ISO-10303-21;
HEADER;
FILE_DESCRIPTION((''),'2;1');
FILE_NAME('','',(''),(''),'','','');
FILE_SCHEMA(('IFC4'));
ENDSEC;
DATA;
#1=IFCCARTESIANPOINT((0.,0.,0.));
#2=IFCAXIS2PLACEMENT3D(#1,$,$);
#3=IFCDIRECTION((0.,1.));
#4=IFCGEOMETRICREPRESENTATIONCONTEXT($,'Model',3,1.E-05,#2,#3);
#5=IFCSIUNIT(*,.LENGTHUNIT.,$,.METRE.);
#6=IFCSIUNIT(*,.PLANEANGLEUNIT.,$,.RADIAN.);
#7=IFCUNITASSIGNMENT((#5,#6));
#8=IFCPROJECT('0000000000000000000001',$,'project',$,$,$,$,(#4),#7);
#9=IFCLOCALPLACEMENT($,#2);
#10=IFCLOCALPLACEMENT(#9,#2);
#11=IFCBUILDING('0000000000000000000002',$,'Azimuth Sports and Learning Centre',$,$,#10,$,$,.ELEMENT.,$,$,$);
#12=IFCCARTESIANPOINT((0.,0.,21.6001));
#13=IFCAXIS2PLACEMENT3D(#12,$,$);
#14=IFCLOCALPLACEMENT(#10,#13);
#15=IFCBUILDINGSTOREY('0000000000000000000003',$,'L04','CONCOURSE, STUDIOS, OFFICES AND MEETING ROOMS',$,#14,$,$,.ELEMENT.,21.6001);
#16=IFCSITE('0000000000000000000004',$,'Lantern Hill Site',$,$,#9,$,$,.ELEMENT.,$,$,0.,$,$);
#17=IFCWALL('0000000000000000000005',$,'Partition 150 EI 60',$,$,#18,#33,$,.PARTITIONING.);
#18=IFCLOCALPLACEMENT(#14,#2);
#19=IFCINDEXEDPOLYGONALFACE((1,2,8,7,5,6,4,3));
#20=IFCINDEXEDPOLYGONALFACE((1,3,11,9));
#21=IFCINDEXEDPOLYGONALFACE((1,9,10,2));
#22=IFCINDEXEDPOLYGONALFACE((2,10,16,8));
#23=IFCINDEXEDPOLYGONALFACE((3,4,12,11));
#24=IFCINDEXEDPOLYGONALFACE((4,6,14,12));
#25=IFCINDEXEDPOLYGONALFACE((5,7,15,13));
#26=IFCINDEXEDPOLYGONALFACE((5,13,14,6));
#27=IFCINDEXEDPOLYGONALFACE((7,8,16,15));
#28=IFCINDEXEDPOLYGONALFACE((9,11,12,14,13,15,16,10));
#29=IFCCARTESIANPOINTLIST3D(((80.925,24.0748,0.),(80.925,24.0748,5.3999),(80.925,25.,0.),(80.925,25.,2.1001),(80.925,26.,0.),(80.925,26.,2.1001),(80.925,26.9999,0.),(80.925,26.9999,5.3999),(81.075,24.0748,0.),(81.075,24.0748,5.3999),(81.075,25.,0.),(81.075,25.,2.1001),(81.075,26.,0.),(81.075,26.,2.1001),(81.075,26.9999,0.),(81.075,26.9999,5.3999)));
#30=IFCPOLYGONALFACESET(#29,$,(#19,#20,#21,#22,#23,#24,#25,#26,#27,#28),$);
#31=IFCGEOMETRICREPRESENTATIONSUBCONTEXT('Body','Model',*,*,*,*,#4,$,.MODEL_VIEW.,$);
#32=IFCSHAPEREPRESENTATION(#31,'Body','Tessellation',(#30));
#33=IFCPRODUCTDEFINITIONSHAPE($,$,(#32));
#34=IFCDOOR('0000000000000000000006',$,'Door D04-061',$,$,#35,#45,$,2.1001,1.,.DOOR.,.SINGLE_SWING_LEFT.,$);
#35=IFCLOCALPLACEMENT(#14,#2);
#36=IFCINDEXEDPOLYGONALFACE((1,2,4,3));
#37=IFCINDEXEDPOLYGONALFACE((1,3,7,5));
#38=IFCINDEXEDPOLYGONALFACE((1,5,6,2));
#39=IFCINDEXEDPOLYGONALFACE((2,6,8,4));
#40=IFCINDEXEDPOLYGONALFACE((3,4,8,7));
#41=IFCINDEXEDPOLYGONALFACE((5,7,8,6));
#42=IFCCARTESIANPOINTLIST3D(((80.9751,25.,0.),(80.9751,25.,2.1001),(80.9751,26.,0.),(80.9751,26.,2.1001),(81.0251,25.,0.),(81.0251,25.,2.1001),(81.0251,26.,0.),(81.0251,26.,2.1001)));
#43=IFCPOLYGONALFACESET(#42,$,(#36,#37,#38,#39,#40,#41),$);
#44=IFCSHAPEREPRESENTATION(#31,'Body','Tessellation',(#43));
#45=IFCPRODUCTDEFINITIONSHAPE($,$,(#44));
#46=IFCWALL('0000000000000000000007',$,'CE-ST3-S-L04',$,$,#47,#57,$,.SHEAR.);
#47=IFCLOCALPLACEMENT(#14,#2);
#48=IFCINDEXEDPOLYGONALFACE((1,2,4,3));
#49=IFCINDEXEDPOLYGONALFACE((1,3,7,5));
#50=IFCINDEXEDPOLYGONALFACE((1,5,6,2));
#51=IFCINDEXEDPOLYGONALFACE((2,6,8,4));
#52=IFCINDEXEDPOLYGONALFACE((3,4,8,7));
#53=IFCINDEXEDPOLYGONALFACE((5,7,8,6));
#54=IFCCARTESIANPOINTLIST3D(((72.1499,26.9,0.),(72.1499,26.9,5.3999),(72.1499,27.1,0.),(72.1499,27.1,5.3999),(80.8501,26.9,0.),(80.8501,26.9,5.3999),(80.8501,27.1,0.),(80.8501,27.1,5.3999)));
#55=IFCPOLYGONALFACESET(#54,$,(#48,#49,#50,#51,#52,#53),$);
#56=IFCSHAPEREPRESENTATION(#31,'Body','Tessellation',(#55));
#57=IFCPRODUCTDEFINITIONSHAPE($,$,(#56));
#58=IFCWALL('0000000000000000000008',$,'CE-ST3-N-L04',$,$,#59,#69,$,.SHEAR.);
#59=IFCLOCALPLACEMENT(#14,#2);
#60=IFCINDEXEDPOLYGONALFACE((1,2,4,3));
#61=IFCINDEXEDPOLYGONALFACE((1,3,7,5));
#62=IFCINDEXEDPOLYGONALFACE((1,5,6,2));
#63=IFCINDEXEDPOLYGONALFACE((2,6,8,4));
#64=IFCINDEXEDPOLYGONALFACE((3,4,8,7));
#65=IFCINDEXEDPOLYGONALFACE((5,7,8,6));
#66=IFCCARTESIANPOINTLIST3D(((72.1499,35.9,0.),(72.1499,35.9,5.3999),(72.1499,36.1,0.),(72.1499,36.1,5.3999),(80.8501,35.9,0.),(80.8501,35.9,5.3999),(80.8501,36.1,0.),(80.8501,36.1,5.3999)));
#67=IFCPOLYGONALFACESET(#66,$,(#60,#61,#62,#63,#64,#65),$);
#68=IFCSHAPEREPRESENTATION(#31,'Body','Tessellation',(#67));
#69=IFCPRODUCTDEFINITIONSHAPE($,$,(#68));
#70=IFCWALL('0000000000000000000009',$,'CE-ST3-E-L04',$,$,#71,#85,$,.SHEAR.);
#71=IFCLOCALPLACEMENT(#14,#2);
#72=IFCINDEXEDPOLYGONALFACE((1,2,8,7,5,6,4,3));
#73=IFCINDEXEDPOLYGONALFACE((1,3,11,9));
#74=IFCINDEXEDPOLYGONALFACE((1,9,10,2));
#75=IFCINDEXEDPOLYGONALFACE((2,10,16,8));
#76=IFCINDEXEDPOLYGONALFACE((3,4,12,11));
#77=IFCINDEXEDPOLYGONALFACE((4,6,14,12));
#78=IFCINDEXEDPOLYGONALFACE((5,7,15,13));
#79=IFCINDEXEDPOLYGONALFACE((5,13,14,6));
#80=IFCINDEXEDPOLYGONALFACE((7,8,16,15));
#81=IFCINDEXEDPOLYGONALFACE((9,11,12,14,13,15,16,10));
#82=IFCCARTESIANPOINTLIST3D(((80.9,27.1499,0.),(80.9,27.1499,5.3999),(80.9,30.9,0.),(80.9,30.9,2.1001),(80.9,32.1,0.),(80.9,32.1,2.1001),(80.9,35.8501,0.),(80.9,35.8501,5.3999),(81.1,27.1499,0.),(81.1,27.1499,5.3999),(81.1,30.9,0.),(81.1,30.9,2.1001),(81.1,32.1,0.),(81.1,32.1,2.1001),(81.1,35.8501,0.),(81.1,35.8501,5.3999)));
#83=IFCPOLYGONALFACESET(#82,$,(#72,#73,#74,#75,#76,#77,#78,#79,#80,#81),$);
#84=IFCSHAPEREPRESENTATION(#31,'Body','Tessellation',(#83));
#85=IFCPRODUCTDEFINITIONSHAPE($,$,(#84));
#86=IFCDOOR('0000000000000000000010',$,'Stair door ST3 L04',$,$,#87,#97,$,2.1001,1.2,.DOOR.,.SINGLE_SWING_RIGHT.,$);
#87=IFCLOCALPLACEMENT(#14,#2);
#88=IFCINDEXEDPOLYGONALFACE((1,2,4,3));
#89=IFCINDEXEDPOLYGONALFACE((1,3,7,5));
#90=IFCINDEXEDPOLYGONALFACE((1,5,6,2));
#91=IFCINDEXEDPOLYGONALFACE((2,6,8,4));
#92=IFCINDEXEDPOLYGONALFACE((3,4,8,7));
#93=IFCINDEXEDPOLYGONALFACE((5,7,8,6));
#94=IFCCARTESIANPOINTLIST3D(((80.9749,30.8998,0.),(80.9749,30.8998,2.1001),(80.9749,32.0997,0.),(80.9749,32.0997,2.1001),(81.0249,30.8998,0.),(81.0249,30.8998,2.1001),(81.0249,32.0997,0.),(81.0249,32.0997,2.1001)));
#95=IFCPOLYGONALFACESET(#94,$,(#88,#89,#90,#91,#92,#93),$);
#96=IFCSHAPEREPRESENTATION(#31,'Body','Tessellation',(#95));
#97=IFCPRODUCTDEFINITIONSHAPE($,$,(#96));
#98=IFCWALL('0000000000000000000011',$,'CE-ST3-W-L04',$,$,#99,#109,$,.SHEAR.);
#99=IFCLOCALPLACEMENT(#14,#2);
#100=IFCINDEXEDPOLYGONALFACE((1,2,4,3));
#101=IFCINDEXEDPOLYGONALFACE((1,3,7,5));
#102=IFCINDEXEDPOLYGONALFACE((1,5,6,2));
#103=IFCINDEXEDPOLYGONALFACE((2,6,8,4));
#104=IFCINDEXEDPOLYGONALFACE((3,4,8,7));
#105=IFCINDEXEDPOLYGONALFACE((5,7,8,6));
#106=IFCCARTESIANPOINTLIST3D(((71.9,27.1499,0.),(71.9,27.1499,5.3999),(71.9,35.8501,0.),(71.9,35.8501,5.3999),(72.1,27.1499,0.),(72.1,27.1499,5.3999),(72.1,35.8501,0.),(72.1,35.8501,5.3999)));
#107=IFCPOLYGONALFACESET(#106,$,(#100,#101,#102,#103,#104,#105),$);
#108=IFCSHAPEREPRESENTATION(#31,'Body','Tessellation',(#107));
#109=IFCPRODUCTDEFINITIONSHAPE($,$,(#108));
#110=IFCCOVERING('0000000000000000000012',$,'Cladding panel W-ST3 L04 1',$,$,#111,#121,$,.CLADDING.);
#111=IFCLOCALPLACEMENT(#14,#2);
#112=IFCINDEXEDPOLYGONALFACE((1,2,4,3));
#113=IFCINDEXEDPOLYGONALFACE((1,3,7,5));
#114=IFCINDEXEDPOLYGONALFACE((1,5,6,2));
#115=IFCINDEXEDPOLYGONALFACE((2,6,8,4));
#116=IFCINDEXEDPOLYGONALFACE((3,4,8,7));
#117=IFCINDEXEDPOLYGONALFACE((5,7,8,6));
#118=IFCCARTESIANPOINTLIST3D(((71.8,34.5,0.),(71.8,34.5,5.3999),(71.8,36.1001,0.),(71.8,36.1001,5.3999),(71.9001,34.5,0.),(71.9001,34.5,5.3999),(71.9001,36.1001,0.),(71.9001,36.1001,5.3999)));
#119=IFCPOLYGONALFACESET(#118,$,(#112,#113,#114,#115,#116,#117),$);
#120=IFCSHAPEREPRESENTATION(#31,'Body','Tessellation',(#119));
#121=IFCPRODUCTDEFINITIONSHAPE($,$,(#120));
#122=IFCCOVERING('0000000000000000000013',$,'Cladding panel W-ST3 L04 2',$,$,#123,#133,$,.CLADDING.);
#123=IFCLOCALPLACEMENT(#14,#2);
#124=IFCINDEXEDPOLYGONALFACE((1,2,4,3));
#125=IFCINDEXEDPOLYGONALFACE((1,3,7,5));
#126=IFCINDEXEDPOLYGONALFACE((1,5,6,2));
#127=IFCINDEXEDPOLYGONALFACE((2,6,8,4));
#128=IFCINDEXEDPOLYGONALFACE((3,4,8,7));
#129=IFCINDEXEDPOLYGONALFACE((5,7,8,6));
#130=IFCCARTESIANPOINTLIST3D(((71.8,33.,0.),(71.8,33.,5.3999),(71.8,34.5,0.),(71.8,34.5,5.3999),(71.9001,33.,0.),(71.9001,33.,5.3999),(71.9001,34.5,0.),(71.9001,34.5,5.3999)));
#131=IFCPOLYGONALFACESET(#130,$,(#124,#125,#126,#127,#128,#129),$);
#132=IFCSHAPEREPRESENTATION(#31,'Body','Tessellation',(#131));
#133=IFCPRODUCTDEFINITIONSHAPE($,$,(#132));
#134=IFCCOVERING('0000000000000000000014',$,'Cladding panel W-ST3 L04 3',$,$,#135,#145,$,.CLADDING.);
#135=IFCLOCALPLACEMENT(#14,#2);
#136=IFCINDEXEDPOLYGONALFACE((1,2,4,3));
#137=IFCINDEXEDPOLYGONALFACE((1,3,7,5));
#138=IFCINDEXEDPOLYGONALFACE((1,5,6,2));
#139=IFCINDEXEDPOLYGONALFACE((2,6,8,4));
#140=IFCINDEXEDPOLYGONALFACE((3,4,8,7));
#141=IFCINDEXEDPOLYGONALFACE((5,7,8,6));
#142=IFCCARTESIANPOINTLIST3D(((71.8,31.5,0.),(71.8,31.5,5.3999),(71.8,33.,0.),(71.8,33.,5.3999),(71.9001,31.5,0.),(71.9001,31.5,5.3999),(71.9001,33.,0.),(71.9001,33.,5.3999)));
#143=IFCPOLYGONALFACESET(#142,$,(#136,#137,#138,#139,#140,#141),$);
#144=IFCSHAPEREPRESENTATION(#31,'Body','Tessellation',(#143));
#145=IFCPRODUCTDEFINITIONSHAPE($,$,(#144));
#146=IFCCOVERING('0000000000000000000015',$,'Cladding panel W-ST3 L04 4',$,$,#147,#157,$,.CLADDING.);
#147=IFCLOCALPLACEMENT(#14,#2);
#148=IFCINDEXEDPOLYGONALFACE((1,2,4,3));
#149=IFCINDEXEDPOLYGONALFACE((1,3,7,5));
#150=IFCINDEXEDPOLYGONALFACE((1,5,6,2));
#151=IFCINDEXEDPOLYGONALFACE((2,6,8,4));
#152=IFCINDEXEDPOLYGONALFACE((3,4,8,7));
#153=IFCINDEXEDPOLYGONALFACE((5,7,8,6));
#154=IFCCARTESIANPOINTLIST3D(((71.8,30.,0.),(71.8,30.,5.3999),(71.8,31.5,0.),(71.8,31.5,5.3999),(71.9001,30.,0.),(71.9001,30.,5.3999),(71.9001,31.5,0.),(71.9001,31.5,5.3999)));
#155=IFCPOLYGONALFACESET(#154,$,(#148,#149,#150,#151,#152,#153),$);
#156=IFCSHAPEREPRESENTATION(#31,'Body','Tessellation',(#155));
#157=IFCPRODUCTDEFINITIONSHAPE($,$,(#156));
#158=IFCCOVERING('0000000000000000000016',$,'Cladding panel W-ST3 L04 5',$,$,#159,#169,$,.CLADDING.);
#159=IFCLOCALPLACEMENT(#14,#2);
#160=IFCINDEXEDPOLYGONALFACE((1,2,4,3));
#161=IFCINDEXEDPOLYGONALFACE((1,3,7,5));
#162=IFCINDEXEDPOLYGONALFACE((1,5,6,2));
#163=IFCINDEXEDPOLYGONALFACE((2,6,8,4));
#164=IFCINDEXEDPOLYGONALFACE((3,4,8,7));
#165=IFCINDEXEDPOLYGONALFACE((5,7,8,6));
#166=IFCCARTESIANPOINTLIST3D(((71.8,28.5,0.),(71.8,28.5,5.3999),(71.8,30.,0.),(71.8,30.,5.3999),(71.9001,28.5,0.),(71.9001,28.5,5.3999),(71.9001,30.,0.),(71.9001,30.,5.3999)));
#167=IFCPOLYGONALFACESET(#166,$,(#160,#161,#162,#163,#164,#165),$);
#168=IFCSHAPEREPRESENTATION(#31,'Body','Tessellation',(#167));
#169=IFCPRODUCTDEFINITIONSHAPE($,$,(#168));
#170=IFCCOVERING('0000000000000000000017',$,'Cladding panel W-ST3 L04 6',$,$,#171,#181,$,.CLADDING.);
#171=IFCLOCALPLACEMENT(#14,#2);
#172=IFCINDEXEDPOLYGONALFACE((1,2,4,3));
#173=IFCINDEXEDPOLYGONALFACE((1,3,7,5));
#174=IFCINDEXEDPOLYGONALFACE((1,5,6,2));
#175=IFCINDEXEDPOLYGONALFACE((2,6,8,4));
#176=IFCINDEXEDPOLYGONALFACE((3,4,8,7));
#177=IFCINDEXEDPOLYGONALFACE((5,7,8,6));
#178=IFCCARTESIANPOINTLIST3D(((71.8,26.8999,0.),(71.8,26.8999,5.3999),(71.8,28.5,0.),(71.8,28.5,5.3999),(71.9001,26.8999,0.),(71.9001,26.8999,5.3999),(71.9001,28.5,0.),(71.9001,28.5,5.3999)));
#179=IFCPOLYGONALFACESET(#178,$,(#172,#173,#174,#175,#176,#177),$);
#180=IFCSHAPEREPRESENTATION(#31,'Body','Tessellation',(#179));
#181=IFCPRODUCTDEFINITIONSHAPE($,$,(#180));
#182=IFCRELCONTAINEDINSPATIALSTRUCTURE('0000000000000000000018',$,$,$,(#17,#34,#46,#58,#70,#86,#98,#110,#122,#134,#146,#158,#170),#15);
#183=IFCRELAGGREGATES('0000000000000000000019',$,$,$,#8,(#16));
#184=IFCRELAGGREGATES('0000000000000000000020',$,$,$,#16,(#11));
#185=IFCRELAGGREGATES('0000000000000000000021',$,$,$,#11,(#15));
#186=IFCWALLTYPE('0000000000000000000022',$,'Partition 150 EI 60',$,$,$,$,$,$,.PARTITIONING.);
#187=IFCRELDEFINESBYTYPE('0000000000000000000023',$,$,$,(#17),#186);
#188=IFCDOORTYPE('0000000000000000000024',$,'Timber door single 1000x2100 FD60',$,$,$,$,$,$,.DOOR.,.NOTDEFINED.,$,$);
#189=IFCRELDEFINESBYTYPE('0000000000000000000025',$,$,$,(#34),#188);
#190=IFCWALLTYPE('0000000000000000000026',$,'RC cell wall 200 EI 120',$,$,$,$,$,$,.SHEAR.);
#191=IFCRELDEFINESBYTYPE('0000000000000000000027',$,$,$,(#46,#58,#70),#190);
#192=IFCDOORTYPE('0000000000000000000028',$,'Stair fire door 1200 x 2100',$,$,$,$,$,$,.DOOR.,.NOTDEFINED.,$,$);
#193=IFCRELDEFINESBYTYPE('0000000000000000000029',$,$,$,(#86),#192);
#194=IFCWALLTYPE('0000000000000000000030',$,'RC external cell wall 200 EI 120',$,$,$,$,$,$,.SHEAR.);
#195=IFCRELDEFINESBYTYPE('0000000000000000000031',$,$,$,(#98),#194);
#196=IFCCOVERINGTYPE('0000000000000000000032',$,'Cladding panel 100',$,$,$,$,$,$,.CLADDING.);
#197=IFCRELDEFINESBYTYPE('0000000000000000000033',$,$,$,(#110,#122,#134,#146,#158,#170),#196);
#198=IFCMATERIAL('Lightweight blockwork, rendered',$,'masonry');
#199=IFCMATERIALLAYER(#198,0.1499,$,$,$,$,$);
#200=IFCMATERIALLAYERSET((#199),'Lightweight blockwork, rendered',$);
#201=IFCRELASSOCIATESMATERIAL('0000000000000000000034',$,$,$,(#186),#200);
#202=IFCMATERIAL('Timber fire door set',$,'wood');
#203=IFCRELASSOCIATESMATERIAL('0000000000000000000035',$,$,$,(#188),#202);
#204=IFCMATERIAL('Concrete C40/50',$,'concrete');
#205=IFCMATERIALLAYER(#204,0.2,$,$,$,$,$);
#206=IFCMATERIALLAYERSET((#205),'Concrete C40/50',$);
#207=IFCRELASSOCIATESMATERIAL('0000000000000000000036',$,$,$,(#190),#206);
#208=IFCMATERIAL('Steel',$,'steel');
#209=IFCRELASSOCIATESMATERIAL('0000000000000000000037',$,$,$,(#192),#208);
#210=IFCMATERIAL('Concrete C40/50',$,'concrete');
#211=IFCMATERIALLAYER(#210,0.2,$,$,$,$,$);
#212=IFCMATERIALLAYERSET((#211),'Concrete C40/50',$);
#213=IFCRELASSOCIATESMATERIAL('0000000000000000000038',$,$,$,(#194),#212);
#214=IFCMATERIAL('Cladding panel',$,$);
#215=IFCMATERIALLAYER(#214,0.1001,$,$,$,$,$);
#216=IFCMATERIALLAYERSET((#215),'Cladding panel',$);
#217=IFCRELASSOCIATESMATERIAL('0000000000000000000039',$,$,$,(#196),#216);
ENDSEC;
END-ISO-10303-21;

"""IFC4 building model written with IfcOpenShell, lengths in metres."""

from ifc_helpers import new_model, si_unit, direction, frame, frame_2d, origin, origin_2d, place, context, subcontext, project, spatial, rectangle, extrude, material, layer, layer_set, type_object, element, fill, save


model = new_model("IFC4")

# Units and contexts
model_context = context("Model", 3, precision=1e-05, world=origin(), true_north=direction((0.0, 1.0)))
body_context = subcontext(model_context, "Body", "Model", "MODEL_VIEW")
ifc_project = project(units=[si_unit("LENGTHUNIT", "METRE"), si_unit("PLANEANGLEUNIT", "RADIAN")], contexts=[model_context])

# Site, building, storey
site_placement = place(None, origin())
site = spatial("IfcSite", under=ifc_project, at=site_placement, Name="Lantern Hill Site", CompositionType="ELEMENT", RefElevation=0.0)
building_placement = place(site_placement, origin())
building = spatial("IfcBuilding", under=site, at=building_placement, Name="Azimuth Sports and Learning Centre", CompositionType="ELEMENT")
storey_placement = place(building_placement, frame((0.0, 0.0, 21.6001)))
storey = spatial("IfcBuildingStorey", under=building, at=storey_placement, Name="L04", Description="CONCOURSE, STUDIOS, OFFICES AND MEETING ROOMS", CompositionType="ELEMENT", Elevation=21.6001)

# Shared definitions
ifc_material_1 = material(Name="Lightweight blockwork, rendered", Category="masonry")
ifc_layer_1 = layer(ifc_material_1, 0.1499)
ifc_layer_set_1 = layer_set([ifc_layer_1], Name="Lightweight blockwork, rendered")
wall_type_1 = type_object("IfcWallType", Name="Partition 150 EI 60", PredefinedType="PARTITIONING", material=ifc_layer_set_1)

# Wall, opening, door
wall_1_placement = place(storey_placement, frame((81.0, 24.075, 0.0), z_axis=(0.0, 0.0, 1.0), x_axis=(0.0, 1.0, 0.0)))
wall_1 = element("IfcWall", 1, at=wall_1_placement, inside=storey, type_object=wall_type_1, Name="Partition 150 EI 60", PredefinedType="PARTITIONING", context=body_context, shape_type="SweptSolid", body=[
    extrude(rectangle(XDim=2.925, YDim=0.1499, at=frame_2d((1.4624, 0.0))), origin(), (0.0, 0.0, 1.0), 5.3999),
])
opening_1_placement = place(wall_1_placement, frame((0.925, 0.0, 0.0)))
opening_1 = element("IfcOpeningElement", 2, at=opening_1_placement, cuts=wall_1, PredefinedType="OPENING", context=body_context, shape_type="SweptSolid", body=[
    extrude(rectangle(XDim=1.0, YDim=2.1001, at=frame_2d((0.5, 1.05))), frame((0.0, 0.0859, 0.0), z_axis=(0.0, -1.0, 0.0), x_axis=(1.0, 0.0, 0.0)), (0.0, 0.0, 1.0), 0.1719),
])
ifc_material_2 = material(Name="Timber fire door set", Category="wood")
door_type_1 = type_object("IfcDoorType", Name="Timber door single 1000x2100 FD60", OperationType="NOTDEFINED", PredefinedType="DOOR", material=ifc_material_2)
door_1_placement = place(opening_1_placement, origin())
door_1 = element("IfcDoor", 3, at=door_1_placement, inside=storey, type_object=door_type_1, Name="Door D04-061", OperationType="SINGLE_SWING_LEFT", OverallHeight=2.1001, OverallWidth=1.0, PredefinedType="DOOR", context=body_context, shape_type="SweptSolid", body=[
    extrude(rectangle(XDim=1.0, YDim=2.1001, at=frame_2d((0.5, 1.05))), frame((0.0, 0.0249, 0.0), z_axis=(0.0, -1.0, 0.0), x_axis=(1.0, 0.0, 0.0)), (0.0, 0.0, 1.0), 0.05),
])
fill(opening_1, door_1)

# Walls
ifc_material_3 = material(Name="Concrete C40/50", Category="concrete")
ifc_layer_2 = layer(ifc_material_3, 0.2)
ifc_layer_set_2 = layer_set([ifc_layer_2], Name="Concrete C40/50")
wall_type_2 = type_object("IfcWallType", Name="RC cell wall 200 EI 120", PredefinedType="SHEAR", material=ifc_layer_set_2)
for number, where, z_axis, x_axis, name in (
    (4, (72.1499, 27.0, 0.0), (0.0, 0.0, 1.0), (1.0, 0.0, 0.0), "CE-ST3-S-L04"),
    (5, (72.1499, 36.0, 0.0), (0.0, 0.0, 1.0), (1.0, 0.0, 0.0), "CE-ST3-N-L04"),
):
    element("IfcWall", number, at=place(storey_placement, frame(where, z_axis=z_axis, x_axis=x_axis)), inside=storey, type_object=wall_type_2, Name=name, PredefinedType="SHEAR", context=body_context, shape_type="SweptSolid", body=[
        extrude(rectangle(XDim=8.7002, YDim=0.2, at=frame_2d((4.3501, 0.0))), origin(), (0.0, 0.0, 1.0), 5.3999),
    ])

# Wall, opening, door
wall_2_placement = place(storey_placement, frame((81.0, 27.1499, 0.0), z_axis=(0.0, 0.0, 1.0), x_axis=(0.0, 1.0, 0.0)))
wall_2 = element("IfcWall", 6, at=wall_2_placement, inside=storey, type_object=wall_type_2, Name="CE-ST3-E-L04", PredefinedType="SHEAR", context=body_context, shape_type="SweptSolid", body=[
    extrude(rectangle(XDim=8.7002, YDim=0.2, at=frame_2d((4.3501, 0.0))), origin(), (0.0, 0.0, 1.0), 5.3999),
])
opening_2_placement = place(wall_2_placement, frame((3.75, 0.0, 0.0)))
opening_2 = element("IfcOpeningElement", 7, at=opening_2_placement, cuts=wall_2, PredefinedType="OPENING", context=body_context, shape_type="SweptSolid", body=[
    extrude(rectangle(XDim=1.2, YDim=2.1001, at=frame_2d((0.6001, 1.05))), frame((0.0, 0.1108, 0.0), z_axis=(0.0, -1.0, 0.0), x_axis=(1.0, 0.0, 0.0)), (0.0, 0.0, 1.0), 0.2219),
])
ifc_material_4 = material(Name="Steel", Category="steel")
door_type_2 = type_object("IfcDoorType", Name="Stair fire door 1200 x 2100", OperationType="NOTDEFINED", PredefinedType="DOOR", material=ifc_material_4)
door_2_placement = place(opening_2_placement, frame((1.2, 0.0, 0.0), z_axis=(0.0, 0.0, 1.0), x_axis=(-1.0, 0.0, 0.0)))
door_2 = element("IfcDoor", 8, at=door_2_placement, inside=storey, type_object=door_type_2, Name="Stair door ST3 L04", OperationType="SINGLE_SWING_RIGHT", OverallHeight=2.1001, OverallWidth=1.2, PredefinedType="DOOR", context=body_context, shape_type="SweptSolid", body=[
    extrude(rectangle(XDim=1.2, YDim=2.1001, at=frame_2d((0.6001, 1.05))), frame((0.0, 0.0249, 0.0), z_axis=(0.0, -1.0, 0.0), x_axis=(1.0, 0.0, 0.0)), (0.0, 0.0, 1.0), 0.05),
])
fill(opening_2, door_2)

# Wall
ifc_material_5 = material(Name="Concrete C40/50", Category="concrete")
ifc_layer_3 = layer(ifc_material_5, 0.2)
ifc_layer_set_3 = layer_set([ifc_layer_3], Name="Concrete C40/50")
wall_type_3 = type_object("IfcWallType", Name="RC external cell wall 200 EI 120", PredefinedType="SHEAR", material=ifc_layer_set_3)
wall_3_placement = place(storey_placement, frame((72.0, 27.1499, 0.0), z_axis=(0.0, 0.0, 1.0), x_axis=(0.0, 1.0, 0.0)))
element("IfcWall", 9, at=wall_3_placement, inside=storey, type_object=wall_type_3, Name="CE-ST3-W-L04", PredefinedType="SHEAR", context=body_context, shape_type="SweptSolid", body=[
    extrude(rectangle(XDim=8.7002, YDim=0.2, at=frame_2d((4.3501, 0.0))), origin(), (0.0, 0.0, 1.0), 5.3999),
])

# Coverings
ifc_material_6 = material(Name="Cladding panel")
ifc_layer_4 = layer(ifc_material_6, 0.1001)
ifc_layer_set_4 = layer_set([ifc_layer_4], Name="Cladding panel")
covering_type = type_object("IfcCoveringType", Name="Cladding panel 100", PredefinedType="CLADDING", material=ifc_layer_set_4)
covering_1_placement = place(storey_placement, frame((71.8501, 35.3, 0.0), z_axis=(0.0, 0.0, 1.0), x_axis=(0.0, -1.0, 0.0)))
element("IfcCovering", 10, at=covering_1_placement, inside=storey, type_object=covering_type, Name="Cladding panel W-ST3 L04 1", PredefinedType="CLADDING", context=body_context, shape_type="SweptSolid", body=[
    extrude(rectangle(XDim=1.6001, YDim=0.1001, at=origin_2d()), origin(), (0.0, 0.0, 1.0), 5.3999),
])
for number, where, z_axis, x_axis, name in (
    (11, (71.8501, 33.75, 0.0), (0.0, 0.0, 1.0), (0.0, -1.0, 0.0), "Cladding panel W-ST3 L04 2"),
    (12, (71.8501, 32.25, 0.0), (0.0, 0.0, 1.0), (0.0, -1.0, 0.0), "Cladding panel W-ST3 L04 3"),
    (13, (71.8501, 30.75, 0.0), (0.0, 0.0, 1.0), (0.0, -1.0, 0.0), "Cladding panel W-ST3 L04 4"),
    (14, (71.8501, 29.25, 0.0), (0.0, 0.0, 1.0), (0.0, -1.0, 0.0), "Cladding panel W-ST3 L04 5"),
):
    element("IfcCovering", number, at=place(storey_placement, frame(where, z_axis=z_axis, x_axis=x_axis)), inside=storey, type_object=covering_type, Name=name, PredefinedType="CLADDING", context=body_context, shape_type="SweptSolid", body=[
        extrude(rectangle(XDim=1.5, YDim=0.1001, at=origin_2d()), origin(), (0.0, 0.0, 1.0), 5.3999),
    ])
covering_2_placement = place(storey_placement, frame((71.8501, 27.7, 0.0), z_axis=(0.0, 0.0, 1.0), x_axis=(0.0, -1.0, 0.0)))
element("IfcCovering", 15, at=covering_2_placement, inside=storey, type_object=covering_type, Name="Cladding panel W-ST3 L04 6", PredefinedType="CLADDING", context=body_context, shape_type="SweptSolid", body=[
    extrude(rectangle(XDim=1.6001, YDim=0.1001, at=origin_2d()), origin(), (0.0, 0.0, 1.0), 5.3999),
])

save(model, "model.ifc")
